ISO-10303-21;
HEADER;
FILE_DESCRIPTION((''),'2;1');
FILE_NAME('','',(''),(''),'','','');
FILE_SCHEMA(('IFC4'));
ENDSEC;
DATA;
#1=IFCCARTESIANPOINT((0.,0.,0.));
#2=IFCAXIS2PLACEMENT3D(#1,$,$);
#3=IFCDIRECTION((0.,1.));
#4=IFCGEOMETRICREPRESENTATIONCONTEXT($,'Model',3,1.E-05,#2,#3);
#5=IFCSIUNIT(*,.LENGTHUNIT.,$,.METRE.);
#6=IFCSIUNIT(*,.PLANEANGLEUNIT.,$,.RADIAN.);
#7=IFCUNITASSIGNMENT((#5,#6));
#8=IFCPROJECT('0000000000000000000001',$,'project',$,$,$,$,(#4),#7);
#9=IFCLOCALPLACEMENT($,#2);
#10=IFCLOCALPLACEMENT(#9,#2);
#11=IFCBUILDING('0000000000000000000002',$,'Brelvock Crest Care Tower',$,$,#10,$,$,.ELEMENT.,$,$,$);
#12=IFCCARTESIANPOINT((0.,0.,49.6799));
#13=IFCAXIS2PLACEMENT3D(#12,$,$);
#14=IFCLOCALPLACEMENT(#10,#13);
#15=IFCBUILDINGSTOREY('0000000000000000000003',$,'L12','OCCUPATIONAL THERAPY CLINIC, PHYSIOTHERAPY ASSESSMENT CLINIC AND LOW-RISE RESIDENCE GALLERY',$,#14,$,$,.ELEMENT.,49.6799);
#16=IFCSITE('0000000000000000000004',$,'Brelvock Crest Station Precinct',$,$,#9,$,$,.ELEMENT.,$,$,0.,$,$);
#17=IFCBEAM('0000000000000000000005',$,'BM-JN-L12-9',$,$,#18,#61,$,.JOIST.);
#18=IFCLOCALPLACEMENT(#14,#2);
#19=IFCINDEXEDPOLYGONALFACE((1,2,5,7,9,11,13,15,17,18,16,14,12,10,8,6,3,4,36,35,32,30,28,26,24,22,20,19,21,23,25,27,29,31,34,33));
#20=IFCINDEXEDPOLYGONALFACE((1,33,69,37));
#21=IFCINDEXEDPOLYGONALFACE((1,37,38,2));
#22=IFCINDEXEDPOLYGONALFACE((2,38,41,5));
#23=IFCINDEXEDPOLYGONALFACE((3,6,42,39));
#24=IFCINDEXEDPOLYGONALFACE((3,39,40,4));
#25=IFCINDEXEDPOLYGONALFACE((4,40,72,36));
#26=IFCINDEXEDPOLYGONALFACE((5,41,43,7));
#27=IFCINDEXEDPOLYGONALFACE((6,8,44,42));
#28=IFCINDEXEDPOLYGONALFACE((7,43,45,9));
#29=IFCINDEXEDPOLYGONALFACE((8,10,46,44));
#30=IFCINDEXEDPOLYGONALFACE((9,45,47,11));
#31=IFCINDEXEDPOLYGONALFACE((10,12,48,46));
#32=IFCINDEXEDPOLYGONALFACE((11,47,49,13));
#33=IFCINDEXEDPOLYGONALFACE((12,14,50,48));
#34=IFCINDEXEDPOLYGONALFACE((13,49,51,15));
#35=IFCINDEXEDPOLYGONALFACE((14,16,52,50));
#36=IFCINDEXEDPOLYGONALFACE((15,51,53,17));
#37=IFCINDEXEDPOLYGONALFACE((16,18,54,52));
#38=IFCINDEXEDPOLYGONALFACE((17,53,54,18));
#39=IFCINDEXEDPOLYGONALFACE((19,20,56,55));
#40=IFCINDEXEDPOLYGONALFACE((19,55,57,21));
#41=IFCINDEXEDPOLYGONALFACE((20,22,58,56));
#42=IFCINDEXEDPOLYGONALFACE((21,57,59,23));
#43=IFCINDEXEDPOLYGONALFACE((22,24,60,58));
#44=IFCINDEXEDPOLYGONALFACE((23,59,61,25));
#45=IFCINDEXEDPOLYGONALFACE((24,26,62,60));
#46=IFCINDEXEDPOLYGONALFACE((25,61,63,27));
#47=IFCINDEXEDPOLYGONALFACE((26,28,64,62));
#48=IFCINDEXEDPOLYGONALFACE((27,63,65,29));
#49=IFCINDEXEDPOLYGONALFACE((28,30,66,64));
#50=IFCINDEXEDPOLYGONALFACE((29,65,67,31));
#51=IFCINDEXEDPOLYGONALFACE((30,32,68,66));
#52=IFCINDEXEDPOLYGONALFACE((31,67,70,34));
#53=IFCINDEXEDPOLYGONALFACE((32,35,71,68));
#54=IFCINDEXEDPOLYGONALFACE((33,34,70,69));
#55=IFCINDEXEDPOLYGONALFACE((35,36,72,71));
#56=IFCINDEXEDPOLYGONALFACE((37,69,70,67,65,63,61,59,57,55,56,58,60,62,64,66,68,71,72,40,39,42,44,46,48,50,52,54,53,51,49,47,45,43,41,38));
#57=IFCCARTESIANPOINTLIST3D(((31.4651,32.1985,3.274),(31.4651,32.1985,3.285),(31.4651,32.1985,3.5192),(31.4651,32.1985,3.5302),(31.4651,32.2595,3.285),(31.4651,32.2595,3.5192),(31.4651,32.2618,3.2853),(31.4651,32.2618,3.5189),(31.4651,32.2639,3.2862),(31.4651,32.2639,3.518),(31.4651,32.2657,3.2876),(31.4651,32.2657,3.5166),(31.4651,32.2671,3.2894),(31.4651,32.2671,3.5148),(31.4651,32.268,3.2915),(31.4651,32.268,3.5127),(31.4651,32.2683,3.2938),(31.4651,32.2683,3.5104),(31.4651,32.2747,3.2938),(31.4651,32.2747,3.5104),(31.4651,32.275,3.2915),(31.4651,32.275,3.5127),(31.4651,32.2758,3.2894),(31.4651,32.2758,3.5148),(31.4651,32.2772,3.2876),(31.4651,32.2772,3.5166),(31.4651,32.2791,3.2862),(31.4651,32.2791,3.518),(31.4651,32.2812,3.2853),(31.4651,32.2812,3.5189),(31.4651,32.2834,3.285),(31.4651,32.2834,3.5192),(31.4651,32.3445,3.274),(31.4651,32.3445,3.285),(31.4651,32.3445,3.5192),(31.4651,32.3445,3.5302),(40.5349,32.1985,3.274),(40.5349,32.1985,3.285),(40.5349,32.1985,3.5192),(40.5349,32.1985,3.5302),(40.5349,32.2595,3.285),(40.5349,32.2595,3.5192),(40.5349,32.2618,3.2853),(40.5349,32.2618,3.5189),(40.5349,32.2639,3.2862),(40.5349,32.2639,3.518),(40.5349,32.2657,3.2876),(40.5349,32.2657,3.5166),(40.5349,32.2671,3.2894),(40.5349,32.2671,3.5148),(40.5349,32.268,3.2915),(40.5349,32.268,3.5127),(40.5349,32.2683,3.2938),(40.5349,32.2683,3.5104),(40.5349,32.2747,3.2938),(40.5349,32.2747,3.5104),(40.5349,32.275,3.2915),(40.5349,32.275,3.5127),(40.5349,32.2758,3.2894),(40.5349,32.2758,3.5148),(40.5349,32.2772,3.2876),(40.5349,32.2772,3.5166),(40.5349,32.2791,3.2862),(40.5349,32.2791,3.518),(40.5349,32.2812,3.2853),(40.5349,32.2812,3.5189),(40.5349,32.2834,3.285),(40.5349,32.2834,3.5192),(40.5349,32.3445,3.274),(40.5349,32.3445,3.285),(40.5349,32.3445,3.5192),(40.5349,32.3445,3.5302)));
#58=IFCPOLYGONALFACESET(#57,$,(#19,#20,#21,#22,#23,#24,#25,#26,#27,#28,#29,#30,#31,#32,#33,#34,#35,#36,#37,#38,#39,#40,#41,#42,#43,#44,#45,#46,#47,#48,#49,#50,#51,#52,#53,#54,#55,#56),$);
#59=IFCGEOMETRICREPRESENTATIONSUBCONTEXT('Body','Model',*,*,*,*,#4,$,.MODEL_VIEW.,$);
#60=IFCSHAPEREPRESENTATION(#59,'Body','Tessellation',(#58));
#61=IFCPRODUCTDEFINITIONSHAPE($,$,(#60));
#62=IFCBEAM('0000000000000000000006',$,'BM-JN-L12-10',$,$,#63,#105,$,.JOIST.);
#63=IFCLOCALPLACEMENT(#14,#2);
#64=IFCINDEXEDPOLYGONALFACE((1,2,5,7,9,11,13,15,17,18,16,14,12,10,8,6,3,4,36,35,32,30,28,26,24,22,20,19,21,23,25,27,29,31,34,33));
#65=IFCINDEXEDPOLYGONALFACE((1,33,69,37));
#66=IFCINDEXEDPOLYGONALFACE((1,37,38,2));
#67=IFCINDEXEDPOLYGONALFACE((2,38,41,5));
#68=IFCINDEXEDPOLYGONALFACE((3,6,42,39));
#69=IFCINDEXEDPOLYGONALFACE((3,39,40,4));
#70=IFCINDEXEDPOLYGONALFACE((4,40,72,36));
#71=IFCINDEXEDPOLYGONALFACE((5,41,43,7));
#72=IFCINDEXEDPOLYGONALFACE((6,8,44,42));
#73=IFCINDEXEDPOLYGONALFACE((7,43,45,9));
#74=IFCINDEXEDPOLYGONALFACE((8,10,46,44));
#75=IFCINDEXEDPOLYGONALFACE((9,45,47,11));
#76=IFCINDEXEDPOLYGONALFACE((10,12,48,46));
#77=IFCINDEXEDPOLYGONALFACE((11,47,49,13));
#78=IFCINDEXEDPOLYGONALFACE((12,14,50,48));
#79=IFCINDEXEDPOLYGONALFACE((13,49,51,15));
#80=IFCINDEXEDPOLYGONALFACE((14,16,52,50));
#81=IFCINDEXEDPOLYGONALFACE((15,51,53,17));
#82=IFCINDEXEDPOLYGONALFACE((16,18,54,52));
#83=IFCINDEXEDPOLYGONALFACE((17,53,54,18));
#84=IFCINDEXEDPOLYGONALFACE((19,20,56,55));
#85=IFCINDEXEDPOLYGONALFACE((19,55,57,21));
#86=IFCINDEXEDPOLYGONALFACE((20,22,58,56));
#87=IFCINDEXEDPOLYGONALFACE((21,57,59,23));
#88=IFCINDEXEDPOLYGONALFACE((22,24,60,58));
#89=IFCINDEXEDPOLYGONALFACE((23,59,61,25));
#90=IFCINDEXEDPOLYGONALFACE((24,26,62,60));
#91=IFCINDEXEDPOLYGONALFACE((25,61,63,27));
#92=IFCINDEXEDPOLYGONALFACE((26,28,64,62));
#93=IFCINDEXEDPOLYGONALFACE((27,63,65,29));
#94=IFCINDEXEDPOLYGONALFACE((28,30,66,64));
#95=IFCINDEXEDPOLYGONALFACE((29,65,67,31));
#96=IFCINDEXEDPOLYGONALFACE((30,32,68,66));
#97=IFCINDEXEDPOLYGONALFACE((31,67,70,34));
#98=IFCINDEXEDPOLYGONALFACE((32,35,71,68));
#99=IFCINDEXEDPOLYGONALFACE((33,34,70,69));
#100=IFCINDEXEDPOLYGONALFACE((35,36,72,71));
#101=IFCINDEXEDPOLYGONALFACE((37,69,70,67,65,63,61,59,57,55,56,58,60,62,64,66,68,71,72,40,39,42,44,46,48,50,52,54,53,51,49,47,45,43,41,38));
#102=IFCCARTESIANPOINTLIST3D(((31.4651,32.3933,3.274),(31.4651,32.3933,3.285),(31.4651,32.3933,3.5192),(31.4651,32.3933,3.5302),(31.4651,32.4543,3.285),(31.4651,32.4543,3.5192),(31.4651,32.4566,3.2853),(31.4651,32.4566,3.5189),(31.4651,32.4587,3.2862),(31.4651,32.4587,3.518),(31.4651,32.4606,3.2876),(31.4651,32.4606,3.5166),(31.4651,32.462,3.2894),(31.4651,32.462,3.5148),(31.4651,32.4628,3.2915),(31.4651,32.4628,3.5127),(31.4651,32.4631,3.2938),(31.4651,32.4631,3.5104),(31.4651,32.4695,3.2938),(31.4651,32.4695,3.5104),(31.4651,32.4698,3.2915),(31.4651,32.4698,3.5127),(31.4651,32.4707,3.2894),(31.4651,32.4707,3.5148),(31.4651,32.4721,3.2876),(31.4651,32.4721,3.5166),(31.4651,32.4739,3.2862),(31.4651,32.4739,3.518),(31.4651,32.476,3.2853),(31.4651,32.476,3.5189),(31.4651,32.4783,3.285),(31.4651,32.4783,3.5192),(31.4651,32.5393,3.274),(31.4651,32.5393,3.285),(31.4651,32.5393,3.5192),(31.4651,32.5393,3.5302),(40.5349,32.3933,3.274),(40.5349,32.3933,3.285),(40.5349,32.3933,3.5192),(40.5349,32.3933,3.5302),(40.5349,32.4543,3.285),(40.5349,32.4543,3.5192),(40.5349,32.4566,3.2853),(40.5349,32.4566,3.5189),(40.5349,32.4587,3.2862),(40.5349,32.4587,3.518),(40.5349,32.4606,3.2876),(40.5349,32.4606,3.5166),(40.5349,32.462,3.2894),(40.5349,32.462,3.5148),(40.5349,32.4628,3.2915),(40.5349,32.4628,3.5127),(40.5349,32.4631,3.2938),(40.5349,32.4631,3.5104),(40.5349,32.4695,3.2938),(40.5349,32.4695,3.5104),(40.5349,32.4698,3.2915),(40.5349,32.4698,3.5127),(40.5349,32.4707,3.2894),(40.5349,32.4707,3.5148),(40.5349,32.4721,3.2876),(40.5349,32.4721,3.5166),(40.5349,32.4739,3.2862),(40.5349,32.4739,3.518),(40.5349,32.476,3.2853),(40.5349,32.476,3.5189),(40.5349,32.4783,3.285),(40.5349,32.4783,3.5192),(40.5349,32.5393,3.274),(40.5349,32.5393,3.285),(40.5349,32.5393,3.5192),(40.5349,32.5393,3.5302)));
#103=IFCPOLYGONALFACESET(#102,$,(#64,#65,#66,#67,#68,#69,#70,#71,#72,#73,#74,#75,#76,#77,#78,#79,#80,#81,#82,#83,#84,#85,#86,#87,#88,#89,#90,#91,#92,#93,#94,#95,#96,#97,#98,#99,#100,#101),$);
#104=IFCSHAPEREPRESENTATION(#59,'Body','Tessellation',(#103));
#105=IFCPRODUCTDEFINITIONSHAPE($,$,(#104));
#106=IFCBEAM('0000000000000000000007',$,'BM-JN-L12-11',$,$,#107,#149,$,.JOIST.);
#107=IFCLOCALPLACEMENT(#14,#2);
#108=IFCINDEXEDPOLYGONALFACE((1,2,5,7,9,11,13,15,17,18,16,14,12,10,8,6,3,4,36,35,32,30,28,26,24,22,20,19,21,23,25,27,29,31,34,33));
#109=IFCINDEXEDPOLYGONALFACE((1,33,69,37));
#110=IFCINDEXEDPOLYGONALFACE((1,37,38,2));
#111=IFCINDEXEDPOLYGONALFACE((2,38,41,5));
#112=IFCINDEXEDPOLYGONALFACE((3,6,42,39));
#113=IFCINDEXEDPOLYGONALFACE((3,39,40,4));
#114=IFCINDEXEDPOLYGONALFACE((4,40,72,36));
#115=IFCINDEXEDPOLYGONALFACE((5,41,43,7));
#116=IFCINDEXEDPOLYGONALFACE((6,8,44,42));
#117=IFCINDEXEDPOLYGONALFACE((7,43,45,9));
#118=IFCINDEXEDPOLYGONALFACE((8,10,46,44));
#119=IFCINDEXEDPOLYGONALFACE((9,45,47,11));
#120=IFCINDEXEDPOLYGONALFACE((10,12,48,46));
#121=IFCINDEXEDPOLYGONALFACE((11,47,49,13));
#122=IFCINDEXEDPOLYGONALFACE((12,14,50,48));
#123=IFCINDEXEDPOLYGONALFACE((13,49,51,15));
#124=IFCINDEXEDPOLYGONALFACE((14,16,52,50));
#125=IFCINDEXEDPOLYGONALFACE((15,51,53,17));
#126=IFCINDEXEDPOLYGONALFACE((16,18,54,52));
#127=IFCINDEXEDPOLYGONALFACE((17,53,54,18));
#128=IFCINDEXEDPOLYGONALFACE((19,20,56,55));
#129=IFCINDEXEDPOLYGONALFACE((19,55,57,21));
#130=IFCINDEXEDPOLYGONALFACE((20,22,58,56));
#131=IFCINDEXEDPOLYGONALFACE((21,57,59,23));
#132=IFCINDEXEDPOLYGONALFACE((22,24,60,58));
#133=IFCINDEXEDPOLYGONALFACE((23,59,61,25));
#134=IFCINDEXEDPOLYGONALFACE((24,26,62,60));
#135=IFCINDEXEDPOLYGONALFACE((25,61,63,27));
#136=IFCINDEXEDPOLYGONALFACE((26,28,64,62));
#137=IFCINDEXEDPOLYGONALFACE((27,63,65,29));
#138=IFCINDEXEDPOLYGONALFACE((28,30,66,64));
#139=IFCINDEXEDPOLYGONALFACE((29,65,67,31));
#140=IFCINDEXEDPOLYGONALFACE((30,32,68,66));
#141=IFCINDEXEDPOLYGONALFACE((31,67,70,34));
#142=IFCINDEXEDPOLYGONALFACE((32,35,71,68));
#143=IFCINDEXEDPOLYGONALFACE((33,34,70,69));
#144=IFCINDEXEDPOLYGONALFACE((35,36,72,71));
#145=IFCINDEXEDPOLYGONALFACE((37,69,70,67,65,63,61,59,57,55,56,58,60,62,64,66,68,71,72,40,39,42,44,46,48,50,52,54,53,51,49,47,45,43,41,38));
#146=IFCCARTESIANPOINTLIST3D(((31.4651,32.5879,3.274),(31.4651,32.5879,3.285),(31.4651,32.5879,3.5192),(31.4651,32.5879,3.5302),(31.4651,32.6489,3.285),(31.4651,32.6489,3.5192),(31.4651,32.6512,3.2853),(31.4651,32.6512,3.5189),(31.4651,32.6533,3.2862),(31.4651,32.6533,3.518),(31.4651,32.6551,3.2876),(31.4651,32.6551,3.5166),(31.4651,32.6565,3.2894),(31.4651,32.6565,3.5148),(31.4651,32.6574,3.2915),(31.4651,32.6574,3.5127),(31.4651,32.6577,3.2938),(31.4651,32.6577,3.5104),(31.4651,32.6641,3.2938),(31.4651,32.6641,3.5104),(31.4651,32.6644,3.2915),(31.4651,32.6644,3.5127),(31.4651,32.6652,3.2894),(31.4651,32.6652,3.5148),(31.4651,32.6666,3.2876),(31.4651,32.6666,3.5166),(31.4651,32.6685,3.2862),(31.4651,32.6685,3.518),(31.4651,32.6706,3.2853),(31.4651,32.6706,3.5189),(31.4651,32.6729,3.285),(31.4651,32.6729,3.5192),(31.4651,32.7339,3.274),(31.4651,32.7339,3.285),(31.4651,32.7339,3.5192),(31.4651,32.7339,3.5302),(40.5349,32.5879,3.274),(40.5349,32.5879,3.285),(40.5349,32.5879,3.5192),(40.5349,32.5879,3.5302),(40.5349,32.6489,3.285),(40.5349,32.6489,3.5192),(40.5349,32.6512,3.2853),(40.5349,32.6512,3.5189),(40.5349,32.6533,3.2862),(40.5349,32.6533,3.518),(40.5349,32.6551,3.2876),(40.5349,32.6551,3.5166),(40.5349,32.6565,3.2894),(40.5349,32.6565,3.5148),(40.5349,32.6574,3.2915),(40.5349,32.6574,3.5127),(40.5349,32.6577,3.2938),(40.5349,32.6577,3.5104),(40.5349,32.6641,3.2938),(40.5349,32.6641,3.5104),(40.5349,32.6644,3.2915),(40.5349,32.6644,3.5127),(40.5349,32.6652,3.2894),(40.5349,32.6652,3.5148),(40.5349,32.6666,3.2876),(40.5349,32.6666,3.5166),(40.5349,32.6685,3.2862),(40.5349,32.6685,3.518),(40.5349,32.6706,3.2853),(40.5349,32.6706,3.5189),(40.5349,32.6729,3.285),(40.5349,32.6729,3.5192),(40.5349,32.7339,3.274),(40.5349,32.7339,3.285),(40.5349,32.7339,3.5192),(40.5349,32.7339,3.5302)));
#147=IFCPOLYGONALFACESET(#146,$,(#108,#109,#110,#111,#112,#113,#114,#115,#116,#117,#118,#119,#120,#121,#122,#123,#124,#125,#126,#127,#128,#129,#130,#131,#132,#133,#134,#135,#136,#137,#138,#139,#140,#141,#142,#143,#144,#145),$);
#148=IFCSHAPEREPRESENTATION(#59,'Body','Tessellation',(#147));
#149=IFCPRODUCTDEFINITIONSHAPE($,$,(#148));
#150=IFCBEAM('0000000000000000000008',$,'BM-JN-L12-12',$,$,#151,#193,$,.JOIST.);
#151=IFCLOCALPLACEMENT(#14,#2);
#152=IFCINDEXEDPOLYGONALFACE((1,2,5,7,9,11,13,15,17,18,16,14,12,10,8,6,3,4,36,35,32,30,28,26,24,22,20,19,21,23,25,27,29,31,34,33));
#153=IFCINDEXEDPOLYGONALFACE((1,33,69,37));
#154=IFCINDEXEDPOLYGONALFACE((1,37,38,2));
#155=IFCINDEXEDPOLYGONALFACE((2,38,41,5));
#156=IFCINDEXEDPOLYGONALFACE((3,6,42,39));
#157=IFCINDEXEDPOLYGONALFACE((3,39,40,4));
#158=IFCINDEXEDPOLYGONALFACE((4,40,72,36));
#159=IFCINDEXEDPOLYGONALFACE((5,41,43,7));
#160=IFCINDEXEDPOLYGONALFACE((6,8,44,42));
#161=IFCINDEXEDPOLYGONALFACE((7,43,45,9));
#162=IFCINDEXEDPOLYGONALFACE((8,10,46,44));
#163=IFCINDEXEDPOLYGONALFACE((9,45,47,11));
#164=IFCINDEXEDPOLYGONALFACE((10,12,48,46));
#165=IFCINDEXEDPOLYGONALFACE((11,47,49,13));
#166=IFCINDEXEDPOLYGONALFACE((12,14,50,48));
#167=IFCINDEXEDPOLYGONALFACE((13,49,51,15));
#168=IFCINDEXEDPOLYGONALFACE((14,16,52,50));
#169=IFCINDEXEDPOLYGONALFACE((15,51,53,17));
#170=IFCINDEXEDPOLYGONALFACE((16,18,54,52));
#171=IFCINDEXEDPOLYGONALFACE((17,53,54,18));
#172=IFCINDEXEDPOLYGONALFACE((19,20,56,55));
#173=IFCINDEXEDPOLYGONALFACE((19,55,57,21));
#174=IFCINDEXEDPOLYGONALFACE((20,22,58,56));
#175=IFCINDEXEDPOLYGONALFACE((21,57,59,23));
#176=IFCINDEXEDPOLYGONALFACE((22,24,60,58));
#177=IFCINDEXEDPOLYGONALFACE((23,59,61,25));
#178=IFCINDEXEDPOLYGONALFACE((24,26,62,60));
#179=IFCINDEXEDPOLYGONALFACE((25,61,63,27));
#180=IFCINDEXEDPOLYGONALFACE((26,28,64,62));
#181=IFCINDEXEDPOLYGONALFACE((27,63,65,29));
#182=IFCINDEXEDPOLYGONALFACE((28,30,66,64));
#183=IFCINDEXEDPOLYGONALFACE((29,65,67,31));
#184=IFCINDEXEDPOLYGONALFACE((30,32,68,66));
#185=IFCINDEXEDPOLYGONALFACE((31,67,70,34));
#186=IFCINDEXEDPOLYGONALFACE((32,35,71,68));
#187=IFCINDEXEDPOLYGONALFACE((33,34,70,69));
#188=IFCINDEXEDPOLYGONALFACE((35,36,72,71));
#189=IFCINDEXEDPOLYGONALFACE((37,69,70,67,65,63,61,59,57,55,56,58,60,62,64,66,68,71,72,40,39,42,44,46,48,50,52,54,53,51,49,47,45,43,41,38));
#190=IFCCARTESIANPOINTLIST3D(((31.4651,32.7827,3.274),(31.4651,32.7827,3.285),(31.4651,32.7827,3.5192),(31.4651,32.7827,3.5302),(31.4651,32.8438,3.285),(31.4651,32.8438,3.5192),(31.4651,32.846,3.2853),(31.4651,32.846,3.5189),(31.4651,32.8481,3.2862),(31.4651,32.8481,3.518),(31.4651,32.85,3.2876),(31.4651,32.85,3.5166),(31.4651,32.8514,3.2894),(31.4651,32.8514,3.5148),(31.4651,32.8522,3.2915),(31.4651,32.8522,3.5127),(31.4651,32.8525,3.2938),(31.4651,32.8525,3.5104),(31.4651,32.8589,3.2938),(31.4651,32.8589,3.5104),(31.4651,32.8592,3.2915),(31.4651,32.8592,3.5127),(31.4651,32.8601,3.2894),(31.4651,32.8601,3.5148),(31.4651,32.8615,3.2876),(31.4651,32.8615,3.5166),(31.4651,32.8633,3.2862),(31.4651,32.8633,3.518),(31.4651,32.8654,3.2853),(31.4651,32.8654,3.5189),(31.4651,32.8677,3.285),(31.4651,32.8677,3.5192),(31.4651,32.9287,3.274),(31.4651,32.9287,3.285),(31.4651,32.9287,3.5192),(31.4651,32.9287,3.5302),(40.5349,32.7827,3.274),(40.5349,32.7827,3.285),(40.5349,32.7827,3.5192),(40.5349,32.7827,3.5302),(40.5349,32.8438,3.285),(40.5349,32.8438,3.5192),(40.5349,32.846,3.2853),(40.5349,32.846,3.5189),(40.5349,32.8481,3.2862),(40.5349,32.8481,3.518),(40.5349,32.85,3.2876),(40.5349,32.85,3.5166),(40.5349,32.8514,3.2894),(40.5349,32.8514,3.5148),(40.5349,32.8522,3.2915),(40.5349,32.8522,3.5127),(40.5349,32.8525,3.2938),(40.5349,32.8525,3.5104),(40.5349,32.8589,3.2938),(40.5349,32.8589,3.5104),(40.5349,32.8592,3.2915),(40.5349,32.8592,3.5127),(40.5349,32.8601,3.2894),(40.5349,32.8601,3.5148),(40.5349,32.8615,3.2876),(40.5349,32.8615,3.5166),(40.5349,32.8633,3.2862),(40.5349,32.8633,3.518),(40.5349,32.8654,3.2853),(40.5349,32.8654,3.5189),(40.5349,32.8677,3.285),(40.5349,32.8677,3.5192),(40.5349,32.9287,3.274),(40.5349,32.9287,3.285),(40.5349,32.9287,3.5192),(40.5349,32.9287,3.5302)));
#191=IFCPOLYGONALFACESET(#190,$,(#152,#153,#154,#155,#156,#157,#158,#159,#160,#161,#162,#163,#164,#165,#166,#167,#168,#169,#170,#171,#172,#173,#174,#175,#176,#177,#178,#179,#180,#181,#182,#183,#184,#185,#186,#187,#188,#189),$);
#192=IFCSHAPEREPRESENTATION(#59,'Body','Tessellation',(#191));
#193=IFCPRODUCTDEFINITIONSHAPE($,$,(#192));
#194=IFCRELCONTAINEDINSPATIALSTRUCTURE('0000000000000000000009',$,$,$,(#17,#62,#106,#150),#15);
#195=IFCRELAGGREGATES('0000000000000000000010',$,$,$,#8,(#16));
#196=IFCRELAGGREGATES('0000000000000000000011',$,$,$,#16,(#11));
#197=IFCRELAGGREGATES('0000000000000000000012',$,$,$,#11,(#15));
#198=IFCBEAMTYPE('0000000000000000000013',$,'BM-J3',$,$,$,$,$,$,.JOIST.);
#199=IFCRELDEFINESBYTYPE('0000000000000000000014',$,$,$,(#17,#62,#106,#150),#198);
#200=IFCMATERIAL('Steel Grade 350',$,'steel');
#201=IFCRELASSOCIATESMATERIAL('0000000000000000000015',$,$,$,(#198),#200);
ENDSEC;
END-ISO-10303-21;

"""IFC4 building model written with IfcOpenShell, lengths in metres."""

from ifc_helpers import new_model, si_unit, direction, frame, origin, origin_2d, place, context, subcontext, project, spatial, i_section, extrude, source, transform, mapped, material, material_profile, profile_set, type_object, element, save


model = new_model("IFC4")

# Units and contexts
model_context = context("Model", 3, precision=1e-05, world=origin(), true_north=direction((0.0, 1.0)))
body_context = subcontext(model_context, "Body", "Model", "MODEL_VIEW")
ifc_project = project(units=[si_unit("LENGTHUNIT", "METRE"), si_unit("PLANEANGLEUNIT", "RADIAN")], contexts=[model_context])

# Site, building, storey
site_placement = place(None, origin())
site = spatial("IfcSite", under=ifc_project, at=site_placement, Name="Brelvock Crest Station Precinct", CompositionType="ELEMENT", RefElevation=0.0)
building_placement = place(site_placement, origin())
building = spatial("IfcBuilding", under=site, at=building_placement, Name="Brelvock Crest Care Tower", CompositionType="ELEMENT")
storey_placement = place(building_placement, frame((0.0, 0.0, 49.6799)))
storey = spatial("IfcBuildingStorey", under=building, at=storey_placement, Name="L12", Description="OCCUPATIONAL THERAPY CLINIC, PHYSIOTHERAPY ASSESSMENT CLINIC AND LOW-RISE RESIDENCE GALLERY", CompositionType="ELEMENT", Elevation=49.6799)

# Beams
ifc_material_1 = material(Name="Steel Grade 350", Category="steel")
ifc_material_profile = material_profile(ifc_material_1, i_section(OverallWidth=0.146, OverallDepth=0.2561, WebThickness=0.0063, FlangeThickness=0.011, FilletRadius=0.0088, at=origin_2d()), Name="250UB37.3")
ifc_profile_set = profile_set([ifc_material_profile], Name="Steel Grade 350")
beam_type = type_object("IfcBeamType", Name="BM-J3", PredefinedType="JOIST", material=ifc_profile_set)
shared_shape_1 = source(origin(), body_context, "Body", "SweptSolid", [
    extrude(i_section(OverallWidth=0.146, OverallDepth=0.2561, WebThickness=0.0063, FlangeThickness=0.011, FilletRadius=0.0088, at=origin_2d()), origin(), (0.0, 0.0, 1.0), 9.0698),
])
for number, where, z_axis, x_axis, name in (
    (1, (31.4651, 32.2715, 3.4021), (1.0, 0.0, 0.0), (0.0, 1.0, 0.0), "BM-JN-L12-9"),
    (2, (31.4651, 32.4663, 3.4021), (1.0, 0.0, 0.0), (0.0, 1.0, 0.0), "BM-JN-L12-10"),
    (3, (31.4651, 32.6609, 3.4021), (1.0, 0.0, 0.0), (0.0, 1.0, 0.0), "BM-JN-L12-11"),
    (4, (31.4651, 32.8557, 3.4021), (1.0, 0.0, 0.0), (0.0, 1.0, 0.0), "BM-JN-L12-12"),
):
    element("IfcBeam", number, at=place(storey_placement, frame(where, z_axis=z_axis, x_axis=x_axis)), inside=storey, type_object=beam_type, Name=name, PredefinedType="JOIST", context=body_context, shape_type="MappedRepresentation", body=[
        mapped(shared_shape_1, transform((0.0, 0.0, 0.0), x_axis=(1.0, 0.0, 0.0), y_axis=(0.0, 1.0, 0.0), z_axis=(0.0, 0.0, 1.0), scale=1.0)),
    ])

save(model, "model.ifc")
